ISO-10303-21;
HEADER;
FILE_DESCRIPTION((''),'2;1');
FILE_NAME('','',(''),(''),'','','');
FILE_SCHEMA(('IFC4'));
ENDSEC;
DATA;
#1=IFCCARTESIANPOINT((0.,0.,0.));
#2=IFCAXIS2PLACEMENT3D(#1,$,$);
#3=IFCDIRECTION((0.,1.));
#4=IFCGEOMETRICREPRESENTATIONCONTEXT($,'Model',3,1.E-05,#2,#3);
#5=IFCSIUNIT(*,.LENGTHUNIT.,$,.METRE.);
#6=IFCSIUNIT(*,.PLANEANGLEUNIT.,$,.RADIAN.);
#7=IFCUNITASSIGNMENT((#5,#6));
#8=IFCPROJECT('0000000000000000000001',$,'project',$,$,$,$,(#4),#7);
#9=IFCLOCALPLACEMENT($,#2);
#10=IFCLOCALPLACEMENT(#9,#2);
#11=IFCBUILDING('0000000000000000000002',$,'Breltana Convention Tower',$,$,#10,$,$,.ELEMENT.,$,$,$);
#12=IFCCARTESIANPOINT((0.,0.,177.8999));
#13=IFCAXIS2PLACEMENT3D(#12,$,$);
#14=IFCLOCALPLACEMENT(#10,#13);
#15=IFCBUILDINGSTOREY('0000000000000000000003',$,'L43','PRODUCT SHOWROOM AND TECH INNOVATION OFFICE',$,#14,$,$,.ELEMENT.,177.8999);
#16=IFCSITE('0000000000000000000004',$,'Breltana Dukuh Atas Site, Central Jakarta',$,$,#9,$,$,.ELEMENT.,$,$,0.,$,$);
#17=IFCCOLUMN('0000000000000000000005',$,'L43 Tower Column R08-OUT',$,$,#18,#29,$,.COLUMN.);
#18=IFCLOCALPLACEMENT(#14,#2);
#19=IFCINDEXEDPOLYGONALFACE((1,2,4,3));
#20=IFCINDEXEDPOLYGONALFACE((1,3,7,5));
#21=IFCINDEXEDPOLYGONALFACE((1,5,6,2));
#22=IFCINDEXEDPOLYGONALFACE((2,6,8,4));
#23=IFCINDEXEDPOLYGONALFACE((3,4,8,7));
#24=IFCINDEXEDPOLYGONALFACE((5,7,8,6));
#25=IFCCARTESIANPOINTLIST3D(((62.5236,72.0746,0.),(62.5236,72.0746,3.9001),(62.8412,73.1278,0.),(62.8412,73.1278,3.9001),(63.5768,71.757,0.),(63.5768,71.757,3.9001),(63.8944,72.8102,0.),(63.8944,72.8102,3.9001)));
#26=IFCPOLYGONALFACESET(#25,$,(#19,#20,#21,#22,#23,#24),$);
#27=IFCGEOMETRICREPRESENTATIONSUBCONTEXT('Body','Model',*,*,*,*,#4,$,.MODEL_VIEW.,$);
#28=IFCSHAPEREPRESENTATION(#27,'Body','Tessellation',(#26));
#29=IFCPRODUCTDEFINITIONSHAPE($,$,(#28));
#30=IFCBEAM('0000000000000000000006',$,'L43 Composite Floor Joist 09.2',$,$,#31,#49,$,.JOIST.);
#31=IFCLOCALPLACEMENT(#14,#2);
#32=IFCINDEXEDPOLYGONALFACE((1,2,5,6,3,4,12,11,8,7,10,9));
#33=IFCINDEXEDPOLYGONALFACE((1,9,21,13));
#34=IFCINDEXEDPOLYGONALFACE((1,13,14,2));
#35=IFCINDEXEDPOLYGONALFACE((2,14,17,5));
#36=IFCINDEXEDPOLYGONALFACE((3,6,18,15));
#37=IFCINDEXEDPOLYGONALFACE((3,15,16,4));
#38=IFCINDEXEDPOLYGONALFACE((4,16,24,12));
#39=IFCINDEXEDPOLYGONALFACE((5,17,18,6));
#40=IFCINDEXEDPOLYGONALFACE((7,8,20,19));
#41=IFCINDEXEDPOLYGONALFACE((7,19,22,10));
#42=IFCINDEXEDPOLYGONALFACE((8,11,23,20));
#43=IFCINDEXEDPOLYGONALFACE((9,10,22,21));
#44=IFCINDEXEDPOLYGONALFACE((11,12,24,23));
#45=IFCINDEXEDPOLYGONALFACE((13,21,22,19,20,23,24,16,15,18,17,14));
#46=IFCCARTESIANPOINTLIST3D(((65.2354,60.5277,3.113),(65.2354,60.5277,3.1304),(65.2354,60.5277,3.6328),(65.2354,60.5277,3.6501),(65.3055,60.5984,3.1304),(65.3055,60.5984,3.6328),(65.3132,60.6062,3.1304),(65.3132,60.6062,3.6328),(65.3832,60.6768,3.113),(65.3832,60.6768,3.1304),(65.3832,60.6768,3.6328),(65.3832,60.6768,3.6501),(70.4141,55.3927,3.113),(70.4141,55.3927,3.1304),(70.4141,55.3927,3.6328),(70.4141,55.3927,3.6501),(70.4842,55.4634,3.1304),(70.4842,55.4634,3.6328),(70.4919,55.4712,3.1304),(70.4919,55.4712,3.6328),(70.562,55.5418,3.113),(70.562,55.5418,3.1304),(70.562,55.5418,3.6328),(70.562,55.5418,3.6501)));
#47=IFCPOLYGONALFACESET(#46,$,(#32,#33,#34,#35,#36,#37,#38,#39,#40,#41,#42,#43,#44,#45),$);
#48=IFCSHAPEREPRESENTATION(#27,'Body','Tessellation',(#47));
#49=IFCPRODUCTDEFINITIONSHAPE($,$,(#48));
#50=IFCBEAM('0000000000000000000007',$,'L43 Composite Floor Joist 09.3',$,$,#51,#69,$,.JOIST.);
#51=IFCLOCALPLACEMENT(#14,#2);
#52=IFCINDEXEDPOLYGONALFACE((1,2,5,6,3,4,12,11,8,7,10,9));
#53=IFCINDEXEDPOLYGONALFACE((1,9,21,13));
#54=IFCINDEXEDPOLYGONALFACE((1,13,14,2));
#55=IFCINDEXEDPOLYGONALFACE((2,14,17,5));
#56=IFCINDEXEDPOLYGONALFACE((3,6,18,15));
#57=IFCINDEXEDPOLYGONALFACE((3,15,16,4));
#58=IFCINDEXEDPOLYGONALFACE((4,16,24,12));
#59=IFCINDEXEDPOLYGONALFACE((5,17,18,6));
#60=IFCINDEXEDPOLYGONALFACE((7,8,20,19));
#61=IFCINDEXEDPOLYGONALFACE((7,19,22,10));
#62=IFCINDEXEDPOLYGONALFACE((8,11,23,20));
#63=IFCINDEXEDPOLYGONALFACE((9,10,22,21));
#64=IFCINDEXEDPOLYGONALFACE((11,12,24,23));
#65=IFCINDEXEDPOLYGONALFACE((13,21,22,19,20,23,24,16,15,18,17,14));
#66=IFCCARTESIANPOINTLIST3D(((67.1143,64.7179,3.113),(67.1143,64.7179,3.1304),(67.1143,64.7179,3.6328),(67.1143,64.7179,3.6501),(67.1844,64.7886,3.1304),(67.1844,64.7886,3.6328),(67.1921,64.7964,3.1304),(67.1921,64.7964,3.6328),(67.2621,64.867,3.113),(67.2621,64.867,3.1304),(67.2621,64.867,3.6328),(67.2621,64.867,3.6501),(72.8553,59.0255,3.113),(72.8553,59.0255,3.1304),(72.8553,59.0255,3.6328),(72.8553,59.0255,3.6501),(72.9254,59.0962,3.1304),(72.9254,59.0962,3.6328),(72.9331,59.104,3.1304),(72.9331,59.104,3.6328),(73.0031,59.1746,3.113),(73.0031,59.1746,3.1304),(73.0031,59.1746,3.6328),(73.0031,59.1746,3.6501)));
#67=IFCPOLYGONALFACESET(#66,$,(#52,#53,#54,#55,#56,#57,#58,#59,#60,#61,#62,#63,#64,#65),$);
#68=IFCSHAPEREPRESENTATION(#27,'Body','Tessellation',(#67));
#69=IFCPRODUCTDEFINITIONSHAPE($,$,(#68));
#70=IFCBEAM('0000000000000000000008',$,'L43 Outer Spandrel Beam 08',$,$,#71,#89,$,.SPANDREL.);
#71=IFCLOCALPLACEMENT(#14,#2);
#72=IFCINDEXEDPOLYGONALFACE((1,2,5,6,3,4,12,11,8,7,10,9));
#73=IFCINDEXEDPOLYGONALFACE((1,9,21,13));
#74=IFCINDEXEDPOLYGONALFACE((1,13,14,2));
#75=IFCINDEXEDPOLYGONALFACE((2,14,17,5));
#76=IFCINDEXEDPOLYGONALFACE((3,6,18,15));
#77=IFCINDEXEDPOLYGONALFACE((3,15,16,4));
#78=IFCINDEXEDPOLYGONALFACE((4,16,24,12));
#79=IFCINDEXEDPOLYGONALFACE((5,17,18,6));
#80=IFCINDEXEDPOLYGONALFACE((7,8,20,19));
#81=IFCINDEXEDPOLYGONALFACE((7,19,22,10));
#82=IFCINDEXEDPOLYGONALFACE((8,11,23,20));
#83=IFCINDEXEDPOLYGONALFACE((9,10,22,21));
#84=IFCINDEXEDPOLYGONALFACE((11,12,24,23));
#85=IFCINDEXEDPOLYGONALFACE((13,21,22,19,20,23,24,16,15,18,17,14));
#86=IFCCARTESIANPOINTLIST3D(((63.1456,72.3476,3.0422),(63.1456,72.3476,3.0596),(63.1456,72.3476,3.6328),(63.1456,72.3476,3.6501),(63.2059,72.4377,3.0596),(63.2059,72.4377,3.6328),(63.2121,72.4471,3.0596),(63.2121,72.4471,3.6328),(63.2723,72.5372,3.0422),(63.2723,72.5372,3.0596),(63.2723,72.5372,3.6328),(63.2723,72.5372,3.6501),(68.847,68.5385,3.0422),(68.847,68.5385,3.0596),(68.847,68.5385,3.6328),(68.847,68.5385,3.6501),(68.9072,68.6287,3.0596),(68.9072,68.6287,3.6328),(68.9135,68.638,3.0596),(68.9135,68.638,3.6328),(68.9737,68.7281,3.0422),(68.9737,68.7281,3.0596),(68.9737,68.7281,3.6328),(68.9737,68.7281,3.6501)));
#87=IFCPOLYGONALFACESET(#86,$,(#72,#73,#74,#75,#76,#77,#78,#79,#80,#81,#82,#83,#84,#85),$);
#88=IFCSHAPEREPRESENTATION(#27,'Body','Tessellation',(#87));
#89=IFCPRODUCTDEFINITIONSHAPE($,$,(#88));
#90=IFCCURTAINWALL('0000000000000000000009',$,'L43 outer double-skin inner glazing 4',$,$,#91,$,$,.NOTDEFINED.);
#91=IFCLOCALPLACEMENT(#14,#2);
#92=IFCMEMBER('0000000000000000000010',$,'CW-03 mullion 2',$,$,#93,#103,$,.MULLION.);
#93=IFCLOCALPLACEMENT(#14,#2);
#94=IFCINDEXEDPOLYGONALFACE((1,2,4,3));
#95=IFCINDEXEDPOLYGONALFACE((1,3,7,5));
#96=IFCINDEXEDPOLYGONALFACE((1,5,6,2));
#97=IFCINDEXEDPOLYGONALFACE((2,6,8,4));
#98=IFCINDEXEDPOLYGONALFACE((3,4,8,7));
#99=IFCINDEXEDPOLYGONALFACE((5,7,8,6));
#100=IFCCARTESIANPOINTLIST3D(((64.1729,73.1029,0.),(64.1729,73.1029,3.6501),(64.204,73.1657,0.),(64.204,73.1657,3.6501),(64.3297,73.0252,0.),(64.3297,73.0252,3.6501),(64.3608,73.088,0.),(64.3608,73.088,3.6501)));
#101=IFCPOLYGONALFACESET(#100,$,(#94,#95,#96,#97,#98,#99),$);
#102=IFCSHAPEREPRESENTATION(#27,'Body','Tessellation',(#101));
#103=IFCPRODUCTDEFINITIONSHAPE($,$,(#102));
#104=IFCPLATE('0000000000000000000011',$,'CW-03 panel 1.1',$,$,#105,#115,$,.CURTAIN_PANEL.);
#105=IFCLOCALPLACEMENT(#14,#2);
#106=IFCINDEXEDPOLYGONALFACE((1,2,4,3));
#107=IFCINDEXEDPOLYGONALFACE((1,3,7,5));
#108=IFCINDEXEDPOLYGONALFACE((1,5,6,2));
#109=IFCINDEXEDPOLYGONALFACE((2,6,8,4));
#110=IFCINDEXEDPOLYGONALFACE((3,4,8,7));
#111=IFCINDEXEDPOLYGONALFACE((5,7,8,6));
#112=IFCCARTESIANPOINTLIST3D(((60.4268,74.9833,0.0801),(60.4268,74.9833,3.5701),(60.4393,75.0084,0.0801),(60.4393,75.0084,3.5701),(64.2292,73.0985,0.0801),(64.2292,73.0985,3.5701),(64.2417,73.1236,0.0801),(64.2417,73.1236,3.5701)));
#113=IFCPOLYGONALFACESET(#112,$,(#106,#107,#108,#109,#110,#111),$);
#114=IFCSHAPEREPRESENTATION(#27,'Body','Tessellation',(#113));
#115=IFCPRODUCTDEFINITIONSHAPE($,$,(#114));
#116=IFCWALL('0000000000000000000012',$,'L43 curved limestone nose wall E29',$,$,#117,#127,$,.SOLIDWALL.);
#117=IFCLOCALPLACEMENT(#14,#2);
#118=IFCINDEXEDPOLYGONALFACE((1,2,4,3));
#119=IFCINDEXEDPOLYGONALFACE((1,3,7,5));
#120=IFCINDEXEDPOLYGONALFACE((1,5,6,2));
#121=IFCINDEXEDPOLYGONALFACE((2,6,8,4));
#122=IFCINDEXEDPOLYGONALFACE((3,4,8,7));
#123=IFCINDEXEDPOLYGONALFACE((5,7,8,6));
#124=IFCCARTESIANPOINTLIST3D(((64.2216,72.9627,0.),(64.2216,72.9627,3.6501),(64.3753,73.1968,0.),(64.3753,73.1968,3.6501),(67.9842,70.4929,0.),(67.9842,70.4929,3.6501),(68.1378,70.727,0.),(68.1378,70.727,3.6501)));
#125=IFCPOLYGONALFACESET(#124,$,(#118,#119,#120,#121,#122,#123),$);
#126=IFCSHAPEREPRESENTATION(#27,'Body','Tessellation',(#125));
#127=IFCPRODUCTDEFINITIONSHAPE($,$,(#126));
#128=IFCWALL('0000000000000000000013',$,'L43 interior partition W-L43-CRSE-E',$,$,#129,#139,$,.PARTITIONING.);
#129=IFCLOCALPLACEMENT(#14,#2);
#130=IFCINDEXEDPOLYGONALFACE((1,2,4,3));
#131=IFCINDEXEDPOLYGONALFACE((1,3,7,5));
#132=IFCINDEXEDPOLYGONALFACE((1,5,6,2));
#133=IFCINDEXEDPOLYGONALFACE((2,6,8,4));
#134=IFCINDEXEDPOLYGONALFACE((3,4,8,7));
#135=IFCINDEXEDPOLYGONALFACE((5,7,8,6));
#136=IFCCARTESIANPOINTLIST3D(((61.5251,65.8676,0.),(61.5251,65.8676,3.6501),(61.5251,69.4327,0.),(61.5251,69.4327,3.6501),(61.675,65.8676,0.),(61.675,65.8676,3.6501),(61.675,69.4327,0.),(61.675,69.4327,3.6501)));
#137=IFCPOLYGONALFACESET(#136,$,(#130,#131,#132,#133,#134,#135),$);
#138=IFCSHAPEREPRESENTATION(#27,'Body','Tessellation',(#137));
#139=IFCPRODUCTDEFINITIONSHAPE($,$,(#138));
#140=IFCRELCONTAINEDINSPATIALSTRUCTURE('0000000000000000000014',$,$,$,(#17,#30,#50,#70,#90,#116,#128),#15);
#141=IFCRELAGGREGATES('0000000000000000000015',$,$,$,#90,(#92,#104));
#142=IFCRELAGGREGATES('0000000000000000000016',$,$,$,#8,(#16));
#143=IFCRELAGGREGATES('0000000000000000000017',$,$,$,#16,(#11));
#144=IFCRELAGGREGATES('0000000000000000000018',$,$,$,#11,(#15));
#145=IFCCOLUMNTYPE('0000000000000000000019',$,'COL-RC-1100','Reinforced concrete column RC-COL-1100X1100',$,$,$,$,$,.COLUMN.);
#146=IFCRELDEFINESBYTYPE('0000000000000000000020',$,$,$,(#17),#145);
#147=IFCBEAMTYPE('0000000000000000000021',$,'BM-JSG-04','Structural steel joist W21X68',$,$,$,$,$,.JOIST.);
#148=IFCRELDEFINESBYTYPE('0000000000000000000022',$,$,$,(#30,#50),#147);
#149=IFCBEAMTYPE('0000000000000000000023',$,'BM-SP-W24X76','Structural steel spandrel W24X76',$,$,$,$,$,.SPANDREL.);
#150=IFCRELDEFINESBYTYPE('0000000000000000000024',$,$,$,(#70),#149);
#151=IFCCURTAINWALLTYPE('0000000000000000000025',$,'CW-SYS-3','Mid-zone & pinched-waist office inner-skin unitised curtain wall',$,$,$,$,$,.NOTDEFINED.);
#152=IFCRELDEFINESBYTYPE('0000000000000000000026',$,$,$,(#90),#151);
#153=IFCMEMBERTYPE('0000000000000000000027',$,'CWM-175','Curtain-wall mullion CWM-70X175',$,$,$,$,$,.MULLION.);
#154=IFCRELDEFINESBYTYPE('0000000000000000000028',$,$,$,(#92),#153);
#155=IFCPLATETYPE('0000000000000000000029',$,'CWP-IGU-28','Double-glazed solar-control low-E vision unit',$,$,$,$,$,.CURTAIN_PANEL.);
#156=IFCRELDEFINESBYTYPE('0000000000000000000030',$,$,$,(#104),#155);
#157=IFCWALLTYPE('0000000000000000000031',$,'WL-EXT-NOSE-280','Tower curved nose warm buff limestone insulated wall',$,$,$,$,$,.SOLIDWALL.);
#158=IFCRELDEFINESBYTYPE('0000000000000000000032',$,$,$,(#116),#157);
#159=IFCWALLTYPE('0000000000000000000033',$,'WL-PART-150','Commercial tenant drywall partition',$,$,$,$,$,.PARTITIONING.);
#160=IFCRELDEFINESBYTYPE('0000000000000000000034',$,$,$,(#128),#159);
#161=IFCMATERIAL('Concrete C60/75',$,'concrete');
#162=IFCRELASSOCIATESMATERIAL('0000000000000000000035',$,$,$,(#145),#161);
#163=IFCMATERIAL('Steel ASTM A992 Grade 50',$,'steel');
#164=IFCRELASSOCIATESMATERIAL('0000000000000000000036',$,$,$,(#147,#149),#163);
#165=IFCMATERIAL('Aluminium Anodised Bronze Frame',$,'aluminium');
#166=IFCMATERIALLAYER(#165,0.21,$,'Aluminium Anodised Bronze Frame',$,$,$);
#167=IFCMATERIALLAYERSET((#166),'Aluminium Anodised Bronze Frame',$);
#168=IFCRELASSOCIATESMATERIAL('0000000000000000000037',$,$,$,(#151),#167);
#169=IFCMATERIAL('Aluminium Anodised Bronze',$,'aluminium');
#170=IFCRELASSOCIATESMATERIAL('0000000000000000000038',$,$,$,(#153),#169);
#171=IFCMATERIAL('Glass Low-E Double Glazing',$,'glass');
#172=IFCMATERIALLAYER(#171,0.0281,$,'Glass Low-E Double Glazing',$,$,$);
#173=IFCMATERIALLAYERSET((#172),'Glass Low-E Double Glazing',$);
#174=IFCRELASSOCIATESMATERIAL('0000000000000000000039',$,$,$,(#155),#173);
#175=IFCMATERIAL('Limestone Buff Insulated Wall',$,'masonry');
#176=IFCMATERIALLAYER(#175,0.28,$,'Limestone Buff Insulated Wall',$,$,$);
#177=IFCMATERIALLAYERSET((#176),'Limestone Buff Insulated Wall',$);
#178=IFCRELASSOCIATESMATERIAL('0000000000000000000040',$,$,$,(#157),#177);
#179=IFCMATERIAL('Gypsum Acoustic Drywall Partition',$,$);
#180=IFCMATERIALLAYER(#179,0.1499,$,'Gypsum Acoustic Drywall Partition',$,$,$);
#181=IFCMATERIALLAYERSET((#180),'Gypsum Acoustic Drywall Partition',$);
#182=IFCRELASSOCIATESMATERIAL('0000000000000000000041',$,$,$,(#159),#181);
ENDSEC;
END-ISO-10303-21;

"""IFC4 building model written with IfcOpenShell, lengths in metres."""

from ifc_helpers import new_model, si_unit, direction, frame, frame_2d, origin, origin_2d, place, context, subcontext, project, spatial, rectangle, i_section, extrude, source, transform, mapped, material, layer, layer_set, material_profile, profile_set, type_object, element, aggregate, save


model = new_model("IFC4")

# Units and contexts
model_context = context("Model", 3, precision=1e-05, world=origin(), true_north=direction((0.0, 1.0)))
body_context = subcontext(model_context, "Body", "Model", "MODEL_VIEW")
ifc_project = project(units=[si_unit("LENGTHUNIT", "METRE"), si_unit("PLANEANGLEUNIT", "RADIAN")], contexts=[model_context])

# Site, building, storey
site_placement = place(None, origin())
site = spatial("IfcSite", under=ifc_project, at=site_placement, Name="Breltana Dukuh Atas Site, Central Jakarta", CompositionType="ELEMENT", RefElevation=0.0)
building_placement = place(site_placement, origin())
building = spatial("IfcBuilding", under=site, at=building_placement, Name="Breltana Convention Tower", CompositionType="ELEMENT")
storey_placement = place(building_placement, frame((0.0, 0.0, 177.8999)))
storey = spatial("IfcBuildingStorey", under=building, at=storey_placement, Name="L43", Description="PRODUCT SHOWROOM AND TECH INNOVATION OFFICE", CompositionType="ELEMENT", Elevation=177.8999)

# Column
ifc_material_1 = material(Name="Concrete C60/75", Category="concrete")
ifc_material_profile_1 = material_profile(ifc_material_1, rectangle(XDim=1.1001, YDim=1.1001, at=origin_2d()), Name="RC-COL-1100X1100")
ifc_profile_set_1 = profile_set([ifc_material_profile_1], Name="Concrete C60/75")
column_type = type_object("IfcColumnType", Name="COL-RC-1100", Description="Reinforced concrete column RC-COL-1100X1100", PredefinedType="COLUMN", material=ifc_profile_set_1)
shared_shape_1 = source(origin(), body_context, "Body", "SweptSolid", [
    extrude(rectangle(XDim=1.1001, YDim=1.1001, at=origin_2d()), origin(), (0.0, 0.0, 1.0), 3.9001),
])
column_placement = place(storey_placement, frame((63.209, 72.4424, 0.0), z_axis=(0.0, 0.0, 1.0), x_axis=(0.288698, 0.95742, 0.0)))
element("IfcColumn", 1, at=column_placement, inside=storey, type_object=column_type, Name="L43 Tower Column R08-OUT", PredefinedType="COLUMN", context=body_context, shape_type="MappedRepresentation", body=[
    mapped(shared_shape_1, transform((0.0, 0.0, 0.0), scale=1.0)),
])

# Beams
ifc_material_2 = material(Name="Steel ASTM A992 Grade 50", Category="steel")
ifc_material_profile_2 = material_profile(ifc_material_2, i_section(OverallWidth=0.21, OverallDepth=0.5371, WebThickness=0.011, FlangeThickness=0.0173, at=origin_2d()), Name="W21X68")
ifc_profile_set_2 = profile_set([ifc_material_profile_2], Name="Steel ASTM A992 Grade 50")
beam_type_1 = type_object("IfcBeamType", Name="BM-JSG-04", Description="Structural steel joist W21X68", PredefinedType="JOIST", material=ifc_profile_set_2)
shared_shape_2 = source(origin(), body_context, "Body", "SweptSolid", [
    extrude(i_section(OverallWidth=0.21, OverallDepth=0.5371, WebThickness=0.011, FlangeThickness=0.0173, at=origin_2d()), origin(), (0.0, 0.0, 1.0), 7.293),
])
beam_1_placement = place(storey_placement, frame((65.3093, 60.6023, 3.3816), z_axis=(0.710097, -0.704104, 0.0), x_axis=(0.704104, 0.710097, 0.0)))
element("IfcBeam", 2, at=beam_1_placement, inside=storey, type_object=beam_type_1, Name="L43 Composite Floor Joist 09.2", PredefinedType="JOIST", context=body_context, shape_type="MappedRepresentation", body=[
    mapped(shared_shape_2, transform((0.0, 0.0, 0.0), scale=1.0)),
])
shared_shape_3 = source(origin(), body_context, "Body", "SweptSolid", [
    extrude(i_section(OverallWidth=0.21, OverallDepth=0.5371, WebThickness=0.011, FlangeThickness=0.0173, at=origin_2d()), origin(), (0.0, 0.0, 1.0), 8.0847),
])
beam_2_placement = place(storey_placement, frame((67.1882, 64.7925, 3.3816), z_axis=(0.710105, -0.704096, 0.0), x_axis=(0.704096, 0.710105, 0.0)))
element("IfcBeam", 3, at=beam_2_placement, inside=storey, type_object=beam_type_1, Name="L43 Composite Floor Joist 09.3", PredefinedType="JOIST", context=body_context, shape_type="MappedRepresentation", body=[
    mapped(shared_shape_3, transform((0.0, 0.0, 0.0), scale=1.0)),
])
ifc_material_profile_3 = material_profile(ifc_material_2, i_section(OverallWidth=0.228, OverallDepth=0.6079, WebThickness=0.0112, FlangeThickness=0.0173, at=origin_2d()), Name="W24X76")
ifc_profile_set_3 = profile_set([ifc_material_profile_3], Name="Steel ASTM A992 Grade 50")
beam_type_2 = type_object("IfcBeamType", Name="BM-SP-W24X76", Description="Structural steel spandrel W24X76", PredefinedType="SPANDREL", material=ifc_profile_set_3)
shared_shape_4 = source(origin(), body_context, "Body", "SweptSolid", [
    extrude(i_section(OverallWidth=0.228, OverallDepth=0.6079, WebThickness=0.0112, FlangeThickness=0.0173, at=origin_2d()), origin(), (0.0, 0.0, 1.0), 6.8567),
])
beam_3_placement = place(storey_placement, frame((63.209, 72.4424, 3.3462), z_axis=(0.831502, -0.555522, 0.0), x_axis=(0.555522, 0.831502, 0.0)))
element("IfcBeam", 4, at=beam_3_placement, inside=storey, type_object=beam_type_2, Name="L43 Outer Spandrel Beam 08", PredefinedType="SPANDREL", context=body_context, shape_type="MappedRepresentation", body=[
    mapped(shared_shape_4, transform((0.0, 0.0, 0.0), scale=1.0)),
])

# Curtain wall, member, plate
ifc_material_3 = material(Name="Aluminium Anodised Bronze Frame", Category="aluminium")
ifc_layer_1 = layer(ifc_material_3, 0.21, Name="Aluminium Anodised Bronze Frame")
ifc_layer_set_1 = layer_set([ifc_layer_1], Name="Aluminium Anodised Bronze Frame")
curtain_wall_type = type_object("IfcCurtainWallType", Name="CW-SYS-3", Description="Mid-zone & pinched-waist office inner-skin unitised curtain wall", PredefinedType="NOTDEFINED", material=ifc_layer_set_1)
curtain_wall_placement = place(storey_placement, origin())
curtain_wall = element("IfcCurtainWall", 5, at=curtain_wall_placement, inside=storey, type_object=curtain_wall_type, Name="L43 outer double-skin inner glazing 4", PredefinedType="NOTDEFINED")
ifc_material_4 = material(Name="Aluminium Anodised Bronze", Category="aluminium")
ifc_material_profile_4 = material_profile(ifc_material_4, rectangle(XDim=0.0701, YDim=0.175, at=origin_2d()), Name="CWM-70X175")
ifc_profile_set_4 = profile_set([ifc_material_profile_4], Name="Aluminium Anodised Bronze")
member_type = type_object("IfcMemberType", Name="CWM-175", Description="Curtain-wall mullion CWM-70X175", PredefinedType="MULLION", material=ifc_profile_set_4)
shared_shape_5 = source(origin(), body_context, "Body", "SweptSolid", [
    extrude(rectangle(XDim=0.0701, YDim=0.175, at=origin_2d()), origin(), (0.0, 0.0, 1.0), 3.6501),
])
member_placement = place(storey_placement, frame((64.2668, 73.0955, 0.0), z_axis=(0.0, 0.0, 1.0), x_axis=(0.444118, 0.895968, 0.0)))
member = element("IfcMember", 6, at=member_placement, type_object=member_type, Name="CW-03 mullion 2", PredefinedType="MULLION", context=body_context, shape_type="MappedRepresentation", body=[
    mapped(shared_shape_5, transform((0.0, 0.0, 0.0), scale=1.0)),
])
ifc_material_5 = material(Name="Glass Low-E Double Glazing", Category="glass")
ifc_layer_2 = layer(ifc_material_5, 0.0281, Name="Glass Low-E Double Glazing")
ifc_layer_set_2 = layer_set([ifc_layer_2], Name="Glass Low-E Double Glazing")
plate_type = type_object("IfcPlateType", Name="CWP-IGU-28", Description="Double-glazed solar-control low-E vision unit", PredefinedType="CURTAIN_PANEL", material=ifc_layer_set_2)
shared_shape_6 = source(origin(), body_context, "Body", "SweptSolid", [
    extrude(rectangle(XDim=4.2439, YDim=0.0281, at=origin_2d()), origin(), (0.0, 0.0, 1.0), 3.49),
])
plate_placement = place(storey_placement, frame((62.3342, 74.0535, 0.0801), z_axis=(0.0, 0.0, 1.0), x_axis=(0.895968, -0.444118, 0.0)))
plate = element("IfcPlate", 7, at=plate_placement, type_object=plate_type, Name="CW-03 panel 1.1", PredefinedType="CURTAIN_PANEL", context=body_context, shape_type="MappedRepresentation", body=[
    mapped(shared_shape_6, transform((0.0, 0.0, 0.0), scale=1.0)),
])
aggregate(curtain_wall, [member, plate])

# Walls
ifc_material_6 = material(Name="Limestone Buff Insulated Wall", Category="masonry")
ifc_layer_3 = layer(ifc_material_6, 0.28, Name="Limestone Buff Insulated Wall")
ifc_layer_set_3 = layer_set([ifc_layer_3], Name="Limestone Buff Insulated Wall")
wall_type_1 = type_object("IfcWallType", Name="WL-EXT-NOSE-280", Description="Tower curved nose warm buff limestone insulated wall", PredefinedType="SOLIDWALL", material=ifc_layer_set_3)
shared_shape_7 = source(origin(), body_context, "Body", "SweptSolid", [
    extrude(rectangle(XDim=4.5007, YDim=0.28, at=frame_2d((2.2505, 0.0))), origin(), (0.0, 0.0, 1.0), 3.6501),
])
wall_1_placement = place(storey_placement, frame((64.2983, 73.0798, 0.0), z_axis=(0.0, 0.0, 1.0), x_axis=(0.835985, -0.548752, 0.0)))
element("IfcWall", 8, at=wall_1_placement, inside=storey, type_object=wall_type_1, Name="L43 curved limestone nose wall E29", PredefinedType="SOLIDWALL", context=body_context, shape_type="MappedRepresentation", body=[
    mapped(shared_shape_7, transform((0.0, 0.0, 0.0), scale=1.0)),
])
ifc_material_7 = material(Name="Gypsum Acoustic Drywall Partition")
ifc_layer_4 = layer(ifc_material_7, 0.1499, Name="Gypsum Acoustic Drywall Partition")
ifc_layer_set_4 = layer_set([ifc_layer_4], Name="Gypsum Acoustic Drywall Partition")
wall_type_2 = type_object("IfcWallType", Name="WL-PART-150", Description="Commercial tenant drywall partition", PredefinedType="PARTITIONING", material=ifc_layer_set_4)
shared_shape_8 = source(origin(), body_context, "Body", "SweptSolid", [
    extrude(rectangle(XDim=3.5652, YDim=0.1499, at=frame_2d((1.7827, 0.0))), origin(), (0.0, 0.0, 1.0), 3.6501),
])
wall_2_placement = place(storey_placement, frame((61.6001, 65.8674, 0.0), z_axis=(0.0, 0.0, 1.0), x_axis=(0.0, 1.0, 0.0)))
element("IfcWall", 9, at=wall_2_placement, inside=storey, type_object=wall_type_2, Name="L43 interior partition W-L43-CRSE-E", PredefinedType="PARTITIONING", context=body_context, shape_type="MappedRepresentation", body=[
    mapped(shared_shape_8, transform((0.0, 0.0, 0.0), scale=1.0)),
])

save(model, "model.ifc")
